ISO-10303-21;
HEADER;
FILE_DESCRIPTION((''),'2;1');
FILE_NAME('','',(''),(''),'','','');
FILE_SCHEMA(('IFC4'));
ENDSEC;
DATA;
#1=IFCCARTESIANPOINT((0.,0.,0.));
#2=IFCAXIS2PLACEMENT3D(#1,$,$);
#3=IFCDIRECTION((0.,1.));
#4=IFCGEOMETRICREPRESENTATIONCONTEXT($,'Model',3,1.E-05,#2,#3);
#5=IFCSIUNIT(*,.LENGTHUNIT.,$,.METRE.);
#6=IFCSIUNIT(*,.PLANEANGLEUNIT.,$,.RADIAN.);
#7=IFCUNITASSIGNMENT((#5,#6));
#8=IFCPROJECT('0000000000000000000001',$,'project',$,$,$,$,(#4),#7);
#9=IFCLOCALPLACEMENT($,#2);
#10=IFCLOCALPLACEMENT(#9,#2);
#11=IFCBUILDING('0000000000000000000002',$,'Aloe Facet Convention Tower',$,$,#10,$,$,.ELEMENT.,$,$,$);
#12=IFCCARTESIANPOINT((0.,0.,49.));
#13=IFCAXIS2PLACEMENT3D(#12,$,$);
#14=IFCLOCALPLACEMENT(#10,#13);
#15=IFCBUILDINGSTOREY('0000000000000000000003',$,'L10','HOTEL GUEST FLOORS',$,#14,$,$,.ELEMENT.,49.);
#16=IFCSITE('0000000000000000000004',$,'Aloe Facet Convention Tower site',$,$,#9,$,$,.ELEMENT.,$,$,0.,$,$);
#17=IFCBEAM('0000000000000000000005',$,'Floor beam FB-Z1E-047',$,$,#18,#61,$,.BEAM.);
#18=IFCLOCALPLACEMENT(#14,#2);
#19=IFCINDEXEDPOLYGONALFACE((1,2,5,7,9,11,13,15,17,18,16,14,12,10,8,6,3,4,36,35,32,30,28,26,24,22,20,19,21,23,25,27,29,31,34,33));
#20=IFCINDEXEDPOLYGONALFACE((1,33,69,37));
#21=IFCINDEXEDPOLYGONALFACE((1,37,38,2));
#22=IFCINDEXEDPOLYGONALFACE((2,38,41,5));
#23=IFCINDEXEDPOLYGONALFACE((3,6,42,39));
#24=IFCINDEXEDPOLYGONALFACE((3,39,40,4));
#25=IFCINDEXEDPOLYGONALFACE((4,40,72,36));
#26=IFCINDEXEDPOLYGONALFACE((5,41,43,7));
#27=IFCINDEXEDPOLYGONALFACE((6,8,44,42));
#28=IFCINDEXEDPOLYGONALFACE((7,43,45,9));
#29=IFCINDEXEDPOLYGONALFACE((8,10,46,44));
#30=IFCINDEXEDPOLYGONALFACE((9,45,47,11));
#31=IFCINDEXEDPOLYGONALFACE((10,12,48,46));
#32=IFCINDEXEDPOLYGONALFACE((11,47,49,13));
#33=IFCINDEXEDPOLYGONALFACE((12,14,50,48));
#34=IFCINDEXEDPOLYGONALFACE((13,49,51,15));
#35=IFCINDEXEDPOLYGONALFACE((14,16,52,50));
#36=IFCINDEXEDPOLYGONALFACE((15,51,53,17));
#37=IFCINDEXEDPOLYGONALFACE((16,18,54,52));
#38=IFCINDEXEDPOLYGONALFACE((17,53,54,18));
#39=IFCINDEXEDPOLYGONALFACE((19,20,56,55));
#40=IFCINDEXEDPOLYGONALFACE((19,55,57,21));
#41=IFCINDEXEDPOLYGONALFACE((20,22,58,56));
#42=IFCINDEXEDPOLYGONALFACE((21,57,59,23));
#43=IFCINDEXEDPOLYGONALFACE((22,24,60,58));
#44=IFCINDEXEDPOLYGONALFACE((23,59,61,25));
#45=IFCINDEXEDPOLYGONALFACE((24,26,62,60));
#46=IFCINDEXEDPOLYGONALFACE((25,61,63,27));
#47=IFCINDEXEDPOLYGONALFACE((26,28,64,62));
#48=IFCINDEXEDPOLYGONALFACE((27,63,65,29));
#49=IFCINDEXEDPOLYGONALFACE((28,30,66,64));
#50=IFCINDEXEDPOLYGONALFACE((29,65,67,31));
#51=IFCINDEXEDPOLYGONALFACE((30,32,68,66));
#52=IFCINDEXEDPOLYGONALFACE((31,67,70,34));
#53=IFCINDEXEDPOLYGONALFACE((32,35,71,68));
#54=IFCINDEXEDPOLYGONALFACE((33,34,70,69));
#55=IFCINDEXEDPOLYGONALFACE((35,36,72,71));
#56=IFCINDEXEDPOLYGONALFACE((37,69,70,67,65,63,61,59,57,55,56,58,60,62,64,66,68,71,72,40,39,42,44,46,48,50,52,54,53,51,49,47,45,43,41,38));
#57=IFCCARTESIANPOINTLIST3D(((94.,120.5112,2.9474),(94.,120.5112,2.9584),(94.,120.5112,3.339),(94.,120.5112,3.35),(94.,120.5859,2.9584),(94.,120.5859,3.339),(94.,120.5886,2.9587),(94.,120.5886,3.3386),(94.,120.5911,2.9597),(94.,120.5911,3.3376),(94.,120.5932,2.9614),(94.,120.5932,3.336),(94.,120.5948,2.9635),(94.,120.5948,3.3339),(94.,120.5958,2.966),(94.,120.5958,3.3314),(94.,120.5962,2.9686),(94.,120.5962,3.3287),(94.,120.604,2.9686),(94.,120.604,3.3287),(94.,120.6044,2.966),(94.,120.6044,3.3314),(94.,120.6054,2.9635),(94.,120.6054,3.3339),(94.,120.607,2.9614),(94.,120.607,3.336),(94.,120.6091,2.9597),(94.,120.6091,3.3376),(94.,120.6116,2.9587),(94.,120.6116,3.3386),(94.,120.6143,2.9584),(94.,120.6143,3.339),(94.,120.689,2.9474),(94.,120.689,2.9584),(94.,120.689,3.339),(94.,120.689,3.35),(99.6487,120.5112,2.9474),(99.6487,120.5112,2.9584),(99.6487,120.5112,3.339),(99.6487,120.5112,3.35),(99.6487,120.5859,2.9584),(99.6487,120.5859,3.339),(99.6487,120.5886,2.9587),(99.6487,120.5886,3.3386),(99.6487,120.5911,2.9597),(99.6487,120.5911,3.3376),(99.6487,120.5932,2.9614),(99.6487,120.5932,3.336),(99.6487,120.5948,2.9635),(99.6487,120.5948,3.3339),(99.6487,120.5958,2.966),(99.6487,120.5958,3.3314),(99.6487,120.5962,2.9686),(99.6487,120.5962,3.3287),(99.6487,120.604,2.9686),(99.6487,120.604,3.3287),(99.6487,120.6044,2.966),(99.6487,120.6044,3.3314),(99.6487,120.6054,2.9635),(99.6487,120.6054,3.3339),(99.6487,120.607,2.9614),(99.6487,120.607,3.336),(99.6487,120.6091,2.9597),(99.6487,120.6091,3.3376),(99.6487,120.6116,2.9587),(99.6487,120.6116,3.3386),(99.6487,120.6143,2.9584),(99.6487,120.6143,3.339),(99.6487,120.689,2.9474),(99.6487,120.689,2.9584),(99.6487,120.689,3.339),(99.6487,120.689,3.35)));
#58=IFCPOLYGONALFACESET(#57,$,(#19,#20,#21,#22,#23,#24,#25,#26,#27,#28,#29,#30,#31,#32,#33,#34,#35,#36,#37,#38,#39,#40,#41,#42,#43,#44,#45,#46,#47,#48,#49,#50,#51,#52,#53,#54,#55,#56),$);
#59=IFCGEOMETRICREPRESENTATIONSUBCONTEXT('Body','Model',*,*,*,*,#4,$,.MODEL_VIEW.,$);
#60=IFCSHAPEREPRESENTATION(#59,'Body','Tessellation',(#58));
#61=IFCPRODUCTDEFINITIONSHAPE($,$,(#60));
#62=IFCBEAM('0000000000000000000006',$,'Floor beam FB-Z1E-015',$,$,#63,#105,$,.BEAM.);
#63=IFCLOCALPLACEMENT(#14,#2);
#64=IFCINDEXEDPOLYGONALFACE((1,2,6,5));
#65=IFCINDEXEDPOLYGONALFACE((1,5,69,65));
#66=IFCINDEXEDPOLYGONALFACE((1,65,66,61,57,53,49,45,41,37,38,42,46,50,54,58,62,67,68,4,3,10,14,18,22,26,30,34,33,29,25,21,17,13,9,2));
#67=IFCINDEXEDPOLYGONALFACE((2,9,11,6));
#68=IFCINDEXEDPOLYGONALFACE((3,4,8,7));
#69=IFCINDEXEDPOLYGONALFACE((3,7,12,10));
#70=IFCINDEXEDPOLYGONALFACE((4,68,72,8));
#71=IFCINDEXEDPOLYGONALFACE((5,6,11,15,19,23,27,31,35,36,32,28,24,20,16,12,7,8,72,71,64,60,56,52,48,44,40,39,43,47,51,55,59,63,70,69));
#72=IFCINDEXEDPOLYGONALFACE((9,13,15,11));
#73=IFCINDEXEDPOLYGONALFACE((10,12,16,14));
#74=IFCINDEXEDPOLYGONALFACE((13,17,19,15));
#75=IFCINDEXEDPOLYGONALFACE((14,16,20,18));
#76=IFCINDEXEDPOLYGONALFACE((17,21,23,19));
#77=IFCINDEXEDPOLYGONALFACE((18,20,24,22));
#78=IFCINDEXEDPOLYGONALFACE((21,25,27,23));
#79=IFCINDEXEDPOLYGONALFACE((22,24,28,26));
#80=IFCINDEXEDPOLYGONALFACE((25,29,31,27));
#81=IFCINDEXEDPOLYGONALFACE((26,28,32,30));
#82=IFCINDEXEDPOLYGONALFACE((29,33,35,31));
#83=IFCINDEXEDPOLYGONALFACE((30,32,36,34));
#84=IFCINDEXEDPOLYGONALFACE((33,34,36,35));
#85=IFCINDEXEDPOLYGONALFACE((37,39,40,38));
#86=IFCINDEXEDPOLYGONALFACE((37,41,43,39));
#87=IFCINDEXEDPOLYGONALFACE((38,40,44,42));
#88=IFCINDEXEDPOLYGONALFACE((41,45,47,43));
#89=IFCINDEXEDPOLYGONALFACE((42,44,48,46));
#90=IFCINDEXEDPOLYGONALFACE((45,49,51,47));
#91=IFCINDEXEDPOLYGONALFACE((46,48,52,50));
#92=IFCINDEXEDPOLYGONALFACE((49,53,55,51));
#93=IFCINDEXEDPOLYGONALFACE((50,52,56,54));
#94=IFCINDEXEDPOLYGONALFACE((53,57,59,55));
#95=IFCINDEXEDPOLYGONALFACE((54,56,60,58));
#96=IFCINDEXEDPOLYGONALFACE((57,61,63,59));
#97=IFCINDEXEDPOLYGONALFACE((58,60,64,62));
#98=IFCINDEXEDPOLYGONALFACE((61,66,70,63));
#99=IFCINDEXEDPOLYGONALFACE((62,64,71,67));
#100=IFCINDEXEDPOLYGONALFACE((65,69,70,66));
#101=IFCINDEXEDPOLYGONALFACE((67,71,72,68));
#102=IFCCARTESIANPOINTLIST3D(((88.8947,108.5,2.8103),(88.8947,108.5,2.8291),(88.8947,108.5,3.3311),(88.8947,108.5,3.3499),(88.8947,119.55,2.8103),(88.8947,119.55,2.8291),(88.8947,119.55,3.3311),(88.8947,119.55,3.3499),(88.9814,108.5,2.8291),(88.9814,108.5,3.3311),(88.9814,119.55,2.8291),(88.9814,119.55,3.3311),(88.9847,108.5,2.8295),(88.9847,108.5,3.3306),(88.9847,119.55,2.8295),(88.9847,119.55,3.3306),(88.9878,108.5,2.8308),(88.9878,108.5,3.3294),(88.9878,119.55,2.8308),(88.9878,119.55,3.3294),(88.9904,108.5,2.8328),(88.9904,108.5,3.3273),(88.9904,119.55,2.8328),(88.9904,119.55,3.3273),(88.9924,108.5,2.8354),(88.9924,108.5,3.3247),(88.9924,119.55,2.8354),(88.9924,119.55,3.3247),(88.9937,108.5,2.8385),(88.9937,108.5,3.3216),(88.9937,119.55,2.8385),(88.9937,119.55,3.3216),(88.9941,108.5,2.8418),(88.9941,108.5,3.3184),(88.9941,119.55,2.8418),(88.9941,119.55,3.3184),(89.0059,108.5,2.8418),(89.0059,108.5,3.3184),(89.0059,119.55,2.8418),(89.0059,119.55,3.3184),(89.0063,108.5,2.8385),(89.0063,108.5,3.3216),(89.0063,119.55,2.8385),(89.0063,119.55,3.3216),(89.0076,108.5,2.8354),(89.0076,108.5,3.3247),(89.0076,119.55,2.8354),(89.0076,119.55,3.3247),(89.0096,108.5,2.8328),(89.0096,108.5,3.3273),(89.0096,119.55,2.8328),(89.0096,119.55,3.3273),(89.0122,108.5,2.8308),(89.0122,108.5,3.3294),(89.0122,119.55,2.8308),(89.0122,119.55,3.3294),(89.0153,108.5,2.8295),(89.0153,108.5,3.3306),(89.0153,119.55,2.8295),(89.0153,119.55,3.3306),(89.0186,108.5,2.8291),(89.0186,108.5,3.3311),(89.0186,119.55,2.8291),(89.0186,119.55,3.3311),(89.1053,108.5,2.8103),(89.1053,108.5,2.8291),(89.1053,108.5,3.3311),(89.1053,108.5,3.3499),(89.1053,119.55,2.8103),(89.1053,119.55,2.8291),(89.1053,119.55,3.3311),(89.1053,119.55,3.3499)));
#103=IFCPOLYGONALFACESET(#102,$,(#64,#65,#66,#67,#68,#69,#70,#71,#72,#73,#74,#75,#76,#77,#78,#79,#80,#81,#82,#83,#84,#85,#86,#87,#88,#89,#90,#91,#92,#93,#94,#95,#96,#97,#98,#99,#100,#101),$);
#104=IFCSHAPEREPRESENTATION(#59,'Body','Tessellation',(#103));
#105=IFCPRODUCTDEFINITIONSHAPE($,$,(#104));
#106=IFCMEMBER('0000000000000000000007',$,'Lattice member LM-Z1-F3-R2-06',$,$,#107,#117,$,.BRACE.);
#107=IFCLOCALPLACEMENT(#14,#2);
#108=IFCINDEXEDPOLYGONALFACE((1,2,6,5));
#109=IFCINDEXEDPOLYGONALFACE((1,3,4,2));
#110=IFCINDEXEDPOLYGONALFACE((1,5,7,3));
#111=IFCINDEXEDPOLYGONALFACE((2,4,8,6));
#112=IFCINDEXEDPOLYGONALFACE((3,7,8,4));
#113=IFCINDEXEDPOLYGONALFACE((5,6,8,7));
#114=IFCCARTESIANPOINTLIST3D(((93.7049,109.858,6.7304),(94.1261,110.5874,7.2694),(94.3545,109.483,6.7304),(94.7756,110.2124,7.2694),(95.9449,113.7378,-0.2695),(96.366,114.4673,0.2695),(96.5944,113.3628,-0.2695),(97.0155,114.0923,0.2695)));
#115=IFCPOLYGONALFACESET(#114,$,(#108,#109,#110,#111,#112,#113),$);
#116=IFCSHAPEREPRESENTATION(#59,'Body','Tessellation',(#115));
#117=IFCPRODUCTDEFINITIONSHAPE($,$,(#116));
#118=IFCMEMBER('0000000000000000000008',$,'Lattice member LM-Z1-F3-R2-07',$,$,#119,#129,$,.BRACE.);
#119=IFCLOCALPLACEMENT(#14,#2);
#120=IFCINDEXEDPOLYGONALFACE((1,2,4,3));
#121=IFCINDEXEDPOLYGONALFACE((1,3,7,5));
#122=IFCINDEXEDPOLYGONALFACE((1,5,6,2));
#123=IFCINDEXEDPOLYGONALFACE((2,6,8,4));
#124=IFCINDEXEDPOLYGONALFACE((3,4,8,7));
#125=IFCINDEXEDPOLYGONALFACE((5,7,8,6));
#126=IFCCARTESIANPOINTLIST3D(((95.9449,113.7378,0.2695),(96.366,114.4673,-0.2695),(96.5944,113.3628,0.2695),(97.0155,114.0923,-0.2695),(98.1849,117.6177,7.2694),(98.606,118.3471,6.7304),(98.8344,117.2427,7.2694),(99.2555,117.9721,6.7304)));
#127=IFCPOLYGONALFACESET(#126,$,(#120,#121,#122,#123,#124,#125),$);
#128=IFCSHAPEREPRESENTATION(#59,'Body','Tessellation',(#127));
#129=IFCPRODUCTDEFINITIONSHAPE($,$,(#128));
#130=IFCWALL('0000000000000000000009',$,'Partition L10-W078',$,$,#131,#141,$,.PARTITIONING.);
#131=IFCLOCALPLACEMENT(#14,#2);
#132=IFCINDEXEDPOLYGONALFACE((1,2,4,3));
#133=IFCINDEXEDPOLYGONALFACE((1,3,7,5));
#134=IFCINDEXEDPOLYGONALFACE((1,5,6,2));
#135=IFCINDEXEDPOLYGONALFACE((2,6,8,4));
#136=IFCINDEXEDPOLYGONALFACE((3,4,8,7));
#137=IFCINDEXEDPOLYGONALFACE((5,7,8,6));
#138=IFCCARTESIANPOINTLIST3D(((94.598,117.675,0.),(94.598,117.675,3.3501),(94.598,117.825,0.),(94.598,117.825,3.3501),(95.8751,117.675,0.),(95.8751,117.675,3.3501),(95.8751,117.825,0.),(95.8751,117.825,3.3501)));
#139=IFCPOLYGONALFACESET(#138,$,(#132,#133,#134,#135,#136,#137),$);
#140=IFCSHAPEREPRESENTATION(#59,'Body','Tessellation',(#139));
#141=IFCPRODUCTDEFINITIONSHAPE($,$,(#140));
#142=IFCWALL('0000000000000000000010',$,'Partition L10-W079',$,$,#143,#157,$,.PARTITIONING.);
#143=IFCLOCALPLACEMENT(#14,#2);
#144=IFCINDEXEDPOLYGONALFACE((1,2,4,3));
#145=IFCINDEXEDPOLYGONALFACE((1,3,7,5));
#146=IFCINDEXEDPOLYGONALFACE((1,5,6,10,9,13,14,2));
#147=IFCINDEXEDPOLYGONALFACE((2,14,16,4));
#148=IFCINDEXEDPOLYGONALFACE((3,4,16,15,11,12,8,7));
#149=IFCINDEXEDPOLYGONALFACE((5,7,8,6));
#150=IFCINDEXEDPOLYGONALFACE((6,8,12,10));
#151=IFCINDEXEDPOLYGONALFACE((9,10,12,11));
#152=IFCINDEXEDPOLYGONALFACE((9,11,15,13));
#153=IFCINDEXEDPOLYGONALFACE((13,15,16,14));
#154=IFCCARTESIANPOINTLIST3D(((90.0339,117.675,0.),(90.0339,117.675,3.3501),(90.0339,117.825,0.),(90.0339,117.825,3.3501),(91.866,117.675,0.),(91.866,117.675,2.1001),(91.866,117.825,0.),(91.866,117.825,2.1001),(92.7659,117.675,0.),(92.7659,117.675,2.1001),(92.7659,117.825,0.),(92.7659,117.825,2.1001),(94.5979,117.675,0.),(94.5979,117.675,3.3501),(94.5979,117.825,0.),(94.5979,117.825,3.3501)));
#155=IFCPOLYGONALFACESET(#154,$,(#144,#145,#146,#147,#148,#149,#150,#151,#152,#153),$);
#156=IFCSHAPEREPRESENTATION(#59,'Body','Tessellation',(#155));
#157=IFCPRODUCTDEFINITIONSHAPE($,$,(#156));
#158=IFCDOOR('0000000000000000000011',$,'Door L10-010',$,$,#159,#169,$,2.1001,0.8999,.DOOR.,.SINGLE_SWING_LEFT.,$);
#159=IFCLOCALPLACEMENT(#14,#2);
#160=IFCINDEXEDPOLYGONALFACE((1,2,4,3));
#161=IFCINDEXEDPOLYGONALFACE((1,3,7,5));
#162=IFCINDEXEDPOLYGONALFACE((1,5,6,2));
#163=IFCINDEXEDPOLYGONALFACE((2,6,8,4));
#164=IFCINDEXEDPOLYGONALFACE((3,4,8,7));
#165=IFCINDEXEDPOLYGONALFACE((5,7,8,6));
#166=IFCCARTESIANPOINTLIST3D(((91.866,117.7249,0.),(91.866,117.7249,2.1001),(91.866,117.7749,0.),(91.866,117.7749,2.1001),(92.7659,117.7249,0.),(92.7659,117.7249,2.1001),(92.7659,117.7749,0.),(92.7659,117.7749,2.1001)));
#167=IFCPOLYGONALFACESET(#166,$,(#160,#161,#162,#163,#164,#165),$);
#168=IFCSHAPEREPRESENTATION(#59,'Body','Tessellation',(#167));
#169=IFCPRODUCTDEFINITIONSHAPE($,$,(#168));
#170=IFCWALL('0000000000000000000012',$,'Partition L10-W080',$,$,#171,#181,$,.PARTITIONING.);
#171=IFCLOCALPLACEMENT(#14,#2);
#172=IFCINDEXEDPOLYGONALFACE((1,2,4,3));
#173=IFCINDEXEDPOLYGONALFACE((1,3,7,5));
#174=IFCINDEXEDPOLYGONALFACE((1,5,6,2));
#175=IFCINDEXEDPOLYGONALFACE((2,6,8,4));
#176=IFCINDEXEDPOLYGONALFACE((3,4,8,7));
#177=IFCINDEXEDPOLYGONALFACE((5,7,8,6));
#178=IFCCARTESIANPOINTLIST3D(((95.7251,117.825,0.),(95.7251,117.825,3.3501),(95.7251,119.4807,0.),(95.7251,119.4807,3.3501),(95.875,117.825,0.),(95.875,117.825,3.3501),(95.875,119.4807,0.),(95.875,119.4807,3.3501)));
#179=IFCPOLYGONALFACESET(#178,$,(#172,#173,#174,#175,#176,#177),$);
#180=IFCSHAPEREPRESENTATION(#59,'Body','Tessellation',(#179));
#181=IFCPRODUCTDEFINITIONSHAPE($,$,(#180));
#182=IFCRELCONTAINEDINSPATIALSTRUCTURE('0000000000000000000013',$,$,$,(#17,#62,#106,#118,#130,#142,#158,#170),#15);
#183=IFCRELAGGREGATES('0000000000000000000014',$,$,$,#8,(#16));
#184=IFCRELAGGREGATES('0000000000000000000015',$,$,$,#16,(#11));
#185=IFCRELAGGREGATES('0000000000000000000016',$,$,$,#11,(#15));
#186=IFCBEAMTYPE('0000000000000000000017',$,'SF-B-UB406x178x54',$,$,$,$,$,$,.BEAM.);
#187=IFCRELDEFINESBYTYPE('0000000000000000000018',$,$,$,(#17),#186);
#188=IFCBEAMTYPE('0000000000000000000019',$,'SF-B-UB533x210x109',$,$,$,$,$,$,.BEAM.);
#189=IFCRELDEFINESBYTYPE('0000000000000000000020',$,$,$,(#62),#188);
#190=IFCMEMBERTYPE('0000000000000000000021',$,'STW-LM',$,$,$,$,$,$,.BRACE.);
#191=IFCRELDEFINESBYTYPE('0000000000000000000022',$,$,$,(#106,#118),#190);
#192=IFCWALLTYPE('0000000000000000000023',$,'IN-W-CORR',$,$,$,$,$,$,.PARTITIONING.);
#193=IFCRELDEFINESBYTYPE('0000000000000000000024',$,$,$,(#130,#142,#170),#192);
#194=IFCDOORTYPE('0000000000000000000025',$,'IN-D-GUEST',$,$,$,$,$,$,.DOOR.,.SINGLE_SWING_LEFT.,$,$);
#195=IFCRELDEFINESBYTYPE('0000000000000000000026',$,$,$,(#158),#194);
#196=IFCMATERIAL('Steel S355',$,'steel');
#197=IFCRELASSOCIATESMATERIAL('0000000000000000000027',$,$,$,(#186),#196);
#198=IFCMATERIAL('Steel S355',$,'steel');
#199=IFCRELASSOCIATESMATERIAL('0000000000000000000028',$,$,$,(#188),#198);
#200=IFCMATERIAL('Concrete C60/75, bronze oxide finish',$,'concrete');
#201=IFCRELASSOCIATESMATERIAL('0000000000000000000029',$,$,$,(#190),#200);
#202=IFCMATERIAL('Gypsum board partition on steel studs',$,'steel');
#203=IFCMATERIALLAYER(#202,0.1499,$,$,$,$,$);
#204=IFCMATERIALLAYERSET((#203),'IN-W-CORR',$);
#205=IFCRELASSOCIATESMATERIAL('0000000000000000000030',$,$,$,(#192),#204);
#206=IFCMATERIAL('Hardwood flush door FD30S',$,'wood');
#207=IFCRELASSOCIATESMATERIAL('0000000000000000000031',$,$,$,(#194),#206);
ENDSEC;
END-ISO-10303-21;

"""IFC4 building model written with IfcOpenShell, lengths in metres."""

from ifc_helpers import new_model, si_unit, direction, frame, frame_2d, origin, origin_2d, place, context, subcontext, project, spatial, rectangle, i_section, extrude, material, layer, layer_set, material_profile, profile_set, type_object, element, fill, save


model = new_model("IFC4")

# Units and contexts
model_context = context("Model", 3, precision=1e-05, world=origin(), true_north=direction((0.0, 1.0)))
body_context = subcontext(model_context, "Body", "Model", "MODEL_VIEW")
ifc_project = project(units=[si_unit("LENGTHUNIT", "METRE"), si_unit("PLANEANGLEUNIT", "RADIAN")], contexts=[model_context])

# Site, building, storey
site_placement = place(None, origin())
site = spatial("IfcSite", under=ifc_project, at=site_placement, Name="Aloe Facet Convention Tower site", CompositionType="ELEMENT", RefElevation=0.0)
building_placement = place(site_placement, origin())
building = spatial("IfcBuilding", under=site, at=building_placement, Name="Aloe Facet Convention Tower", CompositionType="ELEMENT")
storey_placement = place(building_placement, frame((0.0, 0.0, 49.0)))
storey = spatial("IfcBuildingStorey", under=building, at=storey_placement, Name="L10", Description="HOTEL GUEST FLOORS", CompositionType="ELEMENT", Elevation=49.0)

# Beams
ifc_material_1 = material(Name="Steel S355", Category="steel")
ifc_material_profile_1 = material_profile(ifc_material_1, i_section(OverallWidth=0.1777, OverallDepth=0.4026, WebThickness=0.0078, FlangeThickness=0.011, FilletRadius=0.0103, at=origin_2d()), Name="UB 406x178x54")
ifc_profile_set_1 = profile_set([ifc_material_profile_1], Name="Steel S355")
beam_type_1 = type_object("IfcBeamType", Name="SF-B-UB406x178x54", PredefinedType="BEAM", material=ifc_profile_set_1)
beam_1_placement = place(storey_placement, frame((94.0, 120.6001, 3.1487), z_axis=(1.0, 0.0, 0.0), x_axis=(0.0, 1.0, 0.0)))
element("IfcBeam", 1, at=beam_1_placement, inside=storey, type_object=beam_type_1, Name="Floor beam FB-Z1E-047", PredefinedType="BEAM", context=body_context, shape_type="SweptSolid", body=[
    extrude(i_section(OverallWidth=0.1777, OverallDepth=0.4026, WebThickness=0.0078, FlangeThickness=0.011, FilletRadius=0.0103, at=origin_2d()), origin(), (0.0, 0.0, 1.0), 5.6487),
])
ifc_material_2 = material(Name="Steel S355", Category="steel")
ifc_material_profile_2 = material_profile(ifc_material_2, i_section(OverallWidth=0.2107, OverallDepth=0.5396, WebThickness=0.0117, FlangeThickness=0.0188, FilletRadius=0.0127, at=origin_2d()), Name="UB 533x210x109")
ifc_profile_set_2 = profile_set([ifc_material_profile_2], Name="Steel S355")
beam_type_2 = type_object("IfcBeamType", Name="SF-B-UB533x210x109", PredefinedType="BEAM", material=ifc_profile_set_2)
beam_2_placement = place(storey_placement, frame((89.0, 119.55, 3.0801), z_axis=(0.0, -1.0, 0.0), x_axis=(1.0, 0.0, 0.0)))
element("IfcBeam", 2, at=beam_2_placement, inside=storey, type_object=beam_type_2, Name="Floor beam FB-Z1E-015", PredefinedType="BEAM", context=body_context, shape_type="SweptSolid", body=[
    extrude(i_section(OverallWidth=0.2107, OverallDepth=0.5396, WebThickness=0.0117, FlangeThickness=0.0188, FilletRadius=0.0127, at=origin_2d()), origin(), (0.0, 0.0, 1.0), 11.05),
])

# Members
ifc_material_3 = material(Name="Concrete C60/75, bronze oxide finish", Category="concrete")
ifc_material_profile_3 = material_profile(ifc_material_3, rectangle(XDim=0.75, YDim=1.0, at=origin_2d()), Name="STW-LM")
ifc_profile_set_3 = profile_set([ifc_material_profile_3], Name="Concrete C60/75, bronze oxide finish")
member_type = type_object("IfcMemberType", Name="STW-LM", PredefinedType="BRACE", material=ifc_profile_set_3)
for number, where, z_axis, x_axis, name in (
    (3, (96.4802, 113.915, 0.0), (-0.269524, -0.466843, 0.842267), (0.866031, -0.49999, 0.0), "Lattice member LM-Z1-F3-R2-06"),
    (4, (96.4802, 113.915, 0.0), (0.269524, 0.466843, 0.842267), (-0.866031, 0.49999, 0.0), "Lattice member LM-Z1-F3-R2-07"),
):
    element("IfcMember", number, at=place(storey_placement, frame(where, z_axis=z_axis, x_axis=x_axis)), inside=storey, type_object=member_type, Name=name, PredefinedType="BRACE", context=body_context, shape_type="SweptSolid", body=[
        extrude(rectangle(XDim=0.75, YDim=1.0, at=origin_2d()), origin(), (0.0, 0.0, 1.0), 8.3108),
    ])

# Wall
ifc_material_4 = material(Name="Gypsum board partition on steel studs", Category="steel")
ifc_layer_1 = layer(ifc_material_4, 0.1499)
ifc_layer_set_1 = layer_set([ifc_layer_1], Name="IN-W-CORR")
wall_type_1 = type_object("IfcWallType", Name="IN-W-CORR", PredefinedType="PARTITIONING", material=ifc_layer_set_1)
wall_1_placement = place(storey_placement, frame((94.5979, 117.75, 0.0), z_axis=(0.0, 0.0, 1.0), x_axis=(1.0, 0.0, 0.0)))
element("IfcWall", 5, at=wall_1_placement, inside=storey, type_object=wall_type_1, Name="Partition L10-W078", PredefinedType="PARTITIONING", context=body_context, shape_type="SweptSolid", body=[
    extrude(rectangle(XDim=1.2771, YDim=0.1499, at=frame_2d((0.6387, 0.0))), origin(), (0.0, 0.0, 1.0), 3.3501),
])

# Wall, opening, door
wall_2_placement = place(storey_placement, frame((90.0339, 117.75, 0.0), z_axis=(0.0, 0.0, 1.0), x_axis=(1.0, 0.0, 0.0)))
wall_2 = element("IfcWall", 6, at=wall_2_placement, inside=storey, type_object=wall_type_1, Name="Partition L10-W079", PredefinedType="PARTITIONING", context=body_context, shape_type="SweptSolid", body=[
    extrude(rectangle(XDim=4.564, YDim=0.1499, at=frame_2d((2.282, 0.0))), origin(), (0.0, 0.0, 1.0), 3.3501),
])
opening_1_placement = place(wall_2_placement, frame((1.832, 0.0, 0.0)))
opening_1 = element("IfcOpeningElement", 7, at=opening_1_placement, cuts=wall_2, PredefinedType="OPENING", context=body_context, shape_type="SweptSolid", body=[
    extrude(rectangle(XDim=0.8999, YDim=2.1001, at=frame_2d((0.45, 1.05))), frame((0.0, 0.085, 0.0), z_axis=(0.0, -1.0, 0.0), x_axis=(1.0, 0.0, 0.0)), (0.0, 0.0, 1.0), 0.1699),
])
ifc_material_5 = material(Name="Hardwood flush door FD30S", Category="wood")
door_type_1 = type_object("IfcDoorType", Name="IN-D-GUEST", OperationType="SINGLE_SWING_LEFT", PredefinedType="DOOR", material=ifc_material_5)
door_1_placement = place(opening_1_placement, origin())
door_1 = element("IfcDoor", 8, at=door_1_placement, inside=storey, type_object=door_type_1, Name="Door L10-010", OperationType="SINGLE_SWING_LEFT", OverallHeight=2.1001, OverallWidth=0.8999, PredefinedType="DOOR", context=body_context, shape_type="SweptSolid", body=[
    extrude(rectangle(XDim=0.8999, YDim=2.1001, at=frame_2d((0.45, 1.05))), frame((0.0, 0.0249, 0.0), z_axis=(0.0, -1.0, 0.0), x_axis=(1.0, 0.0, 0.0)), (0.0, 0.0, 1.0), 0.05),
])
fill(opening_1, door_1)

# Wall
wall_3_placement = place(storey_placement, frame((95.8, 117.825, 0.0), z_axis=(0.0, 0.0, 1.0), x_axis=(0.0, 1.0, 0.0)))
element("IfcWall", 9, at=wall_3_placement, inside=storey, type_object=wall_type_1, Name="Partition L10-W080", PredefinedType="PARTITIONING", context=body_context, shape_type="SweptSolid", body=[
    extrude(rectangle(XDim=1.6558, YDim=0.1499, at=frame_2d((0.8279, 0.0))), origin(), (0.0, 0.0, 1.0), 3.3501),
])

save(model, "model.ifc")
